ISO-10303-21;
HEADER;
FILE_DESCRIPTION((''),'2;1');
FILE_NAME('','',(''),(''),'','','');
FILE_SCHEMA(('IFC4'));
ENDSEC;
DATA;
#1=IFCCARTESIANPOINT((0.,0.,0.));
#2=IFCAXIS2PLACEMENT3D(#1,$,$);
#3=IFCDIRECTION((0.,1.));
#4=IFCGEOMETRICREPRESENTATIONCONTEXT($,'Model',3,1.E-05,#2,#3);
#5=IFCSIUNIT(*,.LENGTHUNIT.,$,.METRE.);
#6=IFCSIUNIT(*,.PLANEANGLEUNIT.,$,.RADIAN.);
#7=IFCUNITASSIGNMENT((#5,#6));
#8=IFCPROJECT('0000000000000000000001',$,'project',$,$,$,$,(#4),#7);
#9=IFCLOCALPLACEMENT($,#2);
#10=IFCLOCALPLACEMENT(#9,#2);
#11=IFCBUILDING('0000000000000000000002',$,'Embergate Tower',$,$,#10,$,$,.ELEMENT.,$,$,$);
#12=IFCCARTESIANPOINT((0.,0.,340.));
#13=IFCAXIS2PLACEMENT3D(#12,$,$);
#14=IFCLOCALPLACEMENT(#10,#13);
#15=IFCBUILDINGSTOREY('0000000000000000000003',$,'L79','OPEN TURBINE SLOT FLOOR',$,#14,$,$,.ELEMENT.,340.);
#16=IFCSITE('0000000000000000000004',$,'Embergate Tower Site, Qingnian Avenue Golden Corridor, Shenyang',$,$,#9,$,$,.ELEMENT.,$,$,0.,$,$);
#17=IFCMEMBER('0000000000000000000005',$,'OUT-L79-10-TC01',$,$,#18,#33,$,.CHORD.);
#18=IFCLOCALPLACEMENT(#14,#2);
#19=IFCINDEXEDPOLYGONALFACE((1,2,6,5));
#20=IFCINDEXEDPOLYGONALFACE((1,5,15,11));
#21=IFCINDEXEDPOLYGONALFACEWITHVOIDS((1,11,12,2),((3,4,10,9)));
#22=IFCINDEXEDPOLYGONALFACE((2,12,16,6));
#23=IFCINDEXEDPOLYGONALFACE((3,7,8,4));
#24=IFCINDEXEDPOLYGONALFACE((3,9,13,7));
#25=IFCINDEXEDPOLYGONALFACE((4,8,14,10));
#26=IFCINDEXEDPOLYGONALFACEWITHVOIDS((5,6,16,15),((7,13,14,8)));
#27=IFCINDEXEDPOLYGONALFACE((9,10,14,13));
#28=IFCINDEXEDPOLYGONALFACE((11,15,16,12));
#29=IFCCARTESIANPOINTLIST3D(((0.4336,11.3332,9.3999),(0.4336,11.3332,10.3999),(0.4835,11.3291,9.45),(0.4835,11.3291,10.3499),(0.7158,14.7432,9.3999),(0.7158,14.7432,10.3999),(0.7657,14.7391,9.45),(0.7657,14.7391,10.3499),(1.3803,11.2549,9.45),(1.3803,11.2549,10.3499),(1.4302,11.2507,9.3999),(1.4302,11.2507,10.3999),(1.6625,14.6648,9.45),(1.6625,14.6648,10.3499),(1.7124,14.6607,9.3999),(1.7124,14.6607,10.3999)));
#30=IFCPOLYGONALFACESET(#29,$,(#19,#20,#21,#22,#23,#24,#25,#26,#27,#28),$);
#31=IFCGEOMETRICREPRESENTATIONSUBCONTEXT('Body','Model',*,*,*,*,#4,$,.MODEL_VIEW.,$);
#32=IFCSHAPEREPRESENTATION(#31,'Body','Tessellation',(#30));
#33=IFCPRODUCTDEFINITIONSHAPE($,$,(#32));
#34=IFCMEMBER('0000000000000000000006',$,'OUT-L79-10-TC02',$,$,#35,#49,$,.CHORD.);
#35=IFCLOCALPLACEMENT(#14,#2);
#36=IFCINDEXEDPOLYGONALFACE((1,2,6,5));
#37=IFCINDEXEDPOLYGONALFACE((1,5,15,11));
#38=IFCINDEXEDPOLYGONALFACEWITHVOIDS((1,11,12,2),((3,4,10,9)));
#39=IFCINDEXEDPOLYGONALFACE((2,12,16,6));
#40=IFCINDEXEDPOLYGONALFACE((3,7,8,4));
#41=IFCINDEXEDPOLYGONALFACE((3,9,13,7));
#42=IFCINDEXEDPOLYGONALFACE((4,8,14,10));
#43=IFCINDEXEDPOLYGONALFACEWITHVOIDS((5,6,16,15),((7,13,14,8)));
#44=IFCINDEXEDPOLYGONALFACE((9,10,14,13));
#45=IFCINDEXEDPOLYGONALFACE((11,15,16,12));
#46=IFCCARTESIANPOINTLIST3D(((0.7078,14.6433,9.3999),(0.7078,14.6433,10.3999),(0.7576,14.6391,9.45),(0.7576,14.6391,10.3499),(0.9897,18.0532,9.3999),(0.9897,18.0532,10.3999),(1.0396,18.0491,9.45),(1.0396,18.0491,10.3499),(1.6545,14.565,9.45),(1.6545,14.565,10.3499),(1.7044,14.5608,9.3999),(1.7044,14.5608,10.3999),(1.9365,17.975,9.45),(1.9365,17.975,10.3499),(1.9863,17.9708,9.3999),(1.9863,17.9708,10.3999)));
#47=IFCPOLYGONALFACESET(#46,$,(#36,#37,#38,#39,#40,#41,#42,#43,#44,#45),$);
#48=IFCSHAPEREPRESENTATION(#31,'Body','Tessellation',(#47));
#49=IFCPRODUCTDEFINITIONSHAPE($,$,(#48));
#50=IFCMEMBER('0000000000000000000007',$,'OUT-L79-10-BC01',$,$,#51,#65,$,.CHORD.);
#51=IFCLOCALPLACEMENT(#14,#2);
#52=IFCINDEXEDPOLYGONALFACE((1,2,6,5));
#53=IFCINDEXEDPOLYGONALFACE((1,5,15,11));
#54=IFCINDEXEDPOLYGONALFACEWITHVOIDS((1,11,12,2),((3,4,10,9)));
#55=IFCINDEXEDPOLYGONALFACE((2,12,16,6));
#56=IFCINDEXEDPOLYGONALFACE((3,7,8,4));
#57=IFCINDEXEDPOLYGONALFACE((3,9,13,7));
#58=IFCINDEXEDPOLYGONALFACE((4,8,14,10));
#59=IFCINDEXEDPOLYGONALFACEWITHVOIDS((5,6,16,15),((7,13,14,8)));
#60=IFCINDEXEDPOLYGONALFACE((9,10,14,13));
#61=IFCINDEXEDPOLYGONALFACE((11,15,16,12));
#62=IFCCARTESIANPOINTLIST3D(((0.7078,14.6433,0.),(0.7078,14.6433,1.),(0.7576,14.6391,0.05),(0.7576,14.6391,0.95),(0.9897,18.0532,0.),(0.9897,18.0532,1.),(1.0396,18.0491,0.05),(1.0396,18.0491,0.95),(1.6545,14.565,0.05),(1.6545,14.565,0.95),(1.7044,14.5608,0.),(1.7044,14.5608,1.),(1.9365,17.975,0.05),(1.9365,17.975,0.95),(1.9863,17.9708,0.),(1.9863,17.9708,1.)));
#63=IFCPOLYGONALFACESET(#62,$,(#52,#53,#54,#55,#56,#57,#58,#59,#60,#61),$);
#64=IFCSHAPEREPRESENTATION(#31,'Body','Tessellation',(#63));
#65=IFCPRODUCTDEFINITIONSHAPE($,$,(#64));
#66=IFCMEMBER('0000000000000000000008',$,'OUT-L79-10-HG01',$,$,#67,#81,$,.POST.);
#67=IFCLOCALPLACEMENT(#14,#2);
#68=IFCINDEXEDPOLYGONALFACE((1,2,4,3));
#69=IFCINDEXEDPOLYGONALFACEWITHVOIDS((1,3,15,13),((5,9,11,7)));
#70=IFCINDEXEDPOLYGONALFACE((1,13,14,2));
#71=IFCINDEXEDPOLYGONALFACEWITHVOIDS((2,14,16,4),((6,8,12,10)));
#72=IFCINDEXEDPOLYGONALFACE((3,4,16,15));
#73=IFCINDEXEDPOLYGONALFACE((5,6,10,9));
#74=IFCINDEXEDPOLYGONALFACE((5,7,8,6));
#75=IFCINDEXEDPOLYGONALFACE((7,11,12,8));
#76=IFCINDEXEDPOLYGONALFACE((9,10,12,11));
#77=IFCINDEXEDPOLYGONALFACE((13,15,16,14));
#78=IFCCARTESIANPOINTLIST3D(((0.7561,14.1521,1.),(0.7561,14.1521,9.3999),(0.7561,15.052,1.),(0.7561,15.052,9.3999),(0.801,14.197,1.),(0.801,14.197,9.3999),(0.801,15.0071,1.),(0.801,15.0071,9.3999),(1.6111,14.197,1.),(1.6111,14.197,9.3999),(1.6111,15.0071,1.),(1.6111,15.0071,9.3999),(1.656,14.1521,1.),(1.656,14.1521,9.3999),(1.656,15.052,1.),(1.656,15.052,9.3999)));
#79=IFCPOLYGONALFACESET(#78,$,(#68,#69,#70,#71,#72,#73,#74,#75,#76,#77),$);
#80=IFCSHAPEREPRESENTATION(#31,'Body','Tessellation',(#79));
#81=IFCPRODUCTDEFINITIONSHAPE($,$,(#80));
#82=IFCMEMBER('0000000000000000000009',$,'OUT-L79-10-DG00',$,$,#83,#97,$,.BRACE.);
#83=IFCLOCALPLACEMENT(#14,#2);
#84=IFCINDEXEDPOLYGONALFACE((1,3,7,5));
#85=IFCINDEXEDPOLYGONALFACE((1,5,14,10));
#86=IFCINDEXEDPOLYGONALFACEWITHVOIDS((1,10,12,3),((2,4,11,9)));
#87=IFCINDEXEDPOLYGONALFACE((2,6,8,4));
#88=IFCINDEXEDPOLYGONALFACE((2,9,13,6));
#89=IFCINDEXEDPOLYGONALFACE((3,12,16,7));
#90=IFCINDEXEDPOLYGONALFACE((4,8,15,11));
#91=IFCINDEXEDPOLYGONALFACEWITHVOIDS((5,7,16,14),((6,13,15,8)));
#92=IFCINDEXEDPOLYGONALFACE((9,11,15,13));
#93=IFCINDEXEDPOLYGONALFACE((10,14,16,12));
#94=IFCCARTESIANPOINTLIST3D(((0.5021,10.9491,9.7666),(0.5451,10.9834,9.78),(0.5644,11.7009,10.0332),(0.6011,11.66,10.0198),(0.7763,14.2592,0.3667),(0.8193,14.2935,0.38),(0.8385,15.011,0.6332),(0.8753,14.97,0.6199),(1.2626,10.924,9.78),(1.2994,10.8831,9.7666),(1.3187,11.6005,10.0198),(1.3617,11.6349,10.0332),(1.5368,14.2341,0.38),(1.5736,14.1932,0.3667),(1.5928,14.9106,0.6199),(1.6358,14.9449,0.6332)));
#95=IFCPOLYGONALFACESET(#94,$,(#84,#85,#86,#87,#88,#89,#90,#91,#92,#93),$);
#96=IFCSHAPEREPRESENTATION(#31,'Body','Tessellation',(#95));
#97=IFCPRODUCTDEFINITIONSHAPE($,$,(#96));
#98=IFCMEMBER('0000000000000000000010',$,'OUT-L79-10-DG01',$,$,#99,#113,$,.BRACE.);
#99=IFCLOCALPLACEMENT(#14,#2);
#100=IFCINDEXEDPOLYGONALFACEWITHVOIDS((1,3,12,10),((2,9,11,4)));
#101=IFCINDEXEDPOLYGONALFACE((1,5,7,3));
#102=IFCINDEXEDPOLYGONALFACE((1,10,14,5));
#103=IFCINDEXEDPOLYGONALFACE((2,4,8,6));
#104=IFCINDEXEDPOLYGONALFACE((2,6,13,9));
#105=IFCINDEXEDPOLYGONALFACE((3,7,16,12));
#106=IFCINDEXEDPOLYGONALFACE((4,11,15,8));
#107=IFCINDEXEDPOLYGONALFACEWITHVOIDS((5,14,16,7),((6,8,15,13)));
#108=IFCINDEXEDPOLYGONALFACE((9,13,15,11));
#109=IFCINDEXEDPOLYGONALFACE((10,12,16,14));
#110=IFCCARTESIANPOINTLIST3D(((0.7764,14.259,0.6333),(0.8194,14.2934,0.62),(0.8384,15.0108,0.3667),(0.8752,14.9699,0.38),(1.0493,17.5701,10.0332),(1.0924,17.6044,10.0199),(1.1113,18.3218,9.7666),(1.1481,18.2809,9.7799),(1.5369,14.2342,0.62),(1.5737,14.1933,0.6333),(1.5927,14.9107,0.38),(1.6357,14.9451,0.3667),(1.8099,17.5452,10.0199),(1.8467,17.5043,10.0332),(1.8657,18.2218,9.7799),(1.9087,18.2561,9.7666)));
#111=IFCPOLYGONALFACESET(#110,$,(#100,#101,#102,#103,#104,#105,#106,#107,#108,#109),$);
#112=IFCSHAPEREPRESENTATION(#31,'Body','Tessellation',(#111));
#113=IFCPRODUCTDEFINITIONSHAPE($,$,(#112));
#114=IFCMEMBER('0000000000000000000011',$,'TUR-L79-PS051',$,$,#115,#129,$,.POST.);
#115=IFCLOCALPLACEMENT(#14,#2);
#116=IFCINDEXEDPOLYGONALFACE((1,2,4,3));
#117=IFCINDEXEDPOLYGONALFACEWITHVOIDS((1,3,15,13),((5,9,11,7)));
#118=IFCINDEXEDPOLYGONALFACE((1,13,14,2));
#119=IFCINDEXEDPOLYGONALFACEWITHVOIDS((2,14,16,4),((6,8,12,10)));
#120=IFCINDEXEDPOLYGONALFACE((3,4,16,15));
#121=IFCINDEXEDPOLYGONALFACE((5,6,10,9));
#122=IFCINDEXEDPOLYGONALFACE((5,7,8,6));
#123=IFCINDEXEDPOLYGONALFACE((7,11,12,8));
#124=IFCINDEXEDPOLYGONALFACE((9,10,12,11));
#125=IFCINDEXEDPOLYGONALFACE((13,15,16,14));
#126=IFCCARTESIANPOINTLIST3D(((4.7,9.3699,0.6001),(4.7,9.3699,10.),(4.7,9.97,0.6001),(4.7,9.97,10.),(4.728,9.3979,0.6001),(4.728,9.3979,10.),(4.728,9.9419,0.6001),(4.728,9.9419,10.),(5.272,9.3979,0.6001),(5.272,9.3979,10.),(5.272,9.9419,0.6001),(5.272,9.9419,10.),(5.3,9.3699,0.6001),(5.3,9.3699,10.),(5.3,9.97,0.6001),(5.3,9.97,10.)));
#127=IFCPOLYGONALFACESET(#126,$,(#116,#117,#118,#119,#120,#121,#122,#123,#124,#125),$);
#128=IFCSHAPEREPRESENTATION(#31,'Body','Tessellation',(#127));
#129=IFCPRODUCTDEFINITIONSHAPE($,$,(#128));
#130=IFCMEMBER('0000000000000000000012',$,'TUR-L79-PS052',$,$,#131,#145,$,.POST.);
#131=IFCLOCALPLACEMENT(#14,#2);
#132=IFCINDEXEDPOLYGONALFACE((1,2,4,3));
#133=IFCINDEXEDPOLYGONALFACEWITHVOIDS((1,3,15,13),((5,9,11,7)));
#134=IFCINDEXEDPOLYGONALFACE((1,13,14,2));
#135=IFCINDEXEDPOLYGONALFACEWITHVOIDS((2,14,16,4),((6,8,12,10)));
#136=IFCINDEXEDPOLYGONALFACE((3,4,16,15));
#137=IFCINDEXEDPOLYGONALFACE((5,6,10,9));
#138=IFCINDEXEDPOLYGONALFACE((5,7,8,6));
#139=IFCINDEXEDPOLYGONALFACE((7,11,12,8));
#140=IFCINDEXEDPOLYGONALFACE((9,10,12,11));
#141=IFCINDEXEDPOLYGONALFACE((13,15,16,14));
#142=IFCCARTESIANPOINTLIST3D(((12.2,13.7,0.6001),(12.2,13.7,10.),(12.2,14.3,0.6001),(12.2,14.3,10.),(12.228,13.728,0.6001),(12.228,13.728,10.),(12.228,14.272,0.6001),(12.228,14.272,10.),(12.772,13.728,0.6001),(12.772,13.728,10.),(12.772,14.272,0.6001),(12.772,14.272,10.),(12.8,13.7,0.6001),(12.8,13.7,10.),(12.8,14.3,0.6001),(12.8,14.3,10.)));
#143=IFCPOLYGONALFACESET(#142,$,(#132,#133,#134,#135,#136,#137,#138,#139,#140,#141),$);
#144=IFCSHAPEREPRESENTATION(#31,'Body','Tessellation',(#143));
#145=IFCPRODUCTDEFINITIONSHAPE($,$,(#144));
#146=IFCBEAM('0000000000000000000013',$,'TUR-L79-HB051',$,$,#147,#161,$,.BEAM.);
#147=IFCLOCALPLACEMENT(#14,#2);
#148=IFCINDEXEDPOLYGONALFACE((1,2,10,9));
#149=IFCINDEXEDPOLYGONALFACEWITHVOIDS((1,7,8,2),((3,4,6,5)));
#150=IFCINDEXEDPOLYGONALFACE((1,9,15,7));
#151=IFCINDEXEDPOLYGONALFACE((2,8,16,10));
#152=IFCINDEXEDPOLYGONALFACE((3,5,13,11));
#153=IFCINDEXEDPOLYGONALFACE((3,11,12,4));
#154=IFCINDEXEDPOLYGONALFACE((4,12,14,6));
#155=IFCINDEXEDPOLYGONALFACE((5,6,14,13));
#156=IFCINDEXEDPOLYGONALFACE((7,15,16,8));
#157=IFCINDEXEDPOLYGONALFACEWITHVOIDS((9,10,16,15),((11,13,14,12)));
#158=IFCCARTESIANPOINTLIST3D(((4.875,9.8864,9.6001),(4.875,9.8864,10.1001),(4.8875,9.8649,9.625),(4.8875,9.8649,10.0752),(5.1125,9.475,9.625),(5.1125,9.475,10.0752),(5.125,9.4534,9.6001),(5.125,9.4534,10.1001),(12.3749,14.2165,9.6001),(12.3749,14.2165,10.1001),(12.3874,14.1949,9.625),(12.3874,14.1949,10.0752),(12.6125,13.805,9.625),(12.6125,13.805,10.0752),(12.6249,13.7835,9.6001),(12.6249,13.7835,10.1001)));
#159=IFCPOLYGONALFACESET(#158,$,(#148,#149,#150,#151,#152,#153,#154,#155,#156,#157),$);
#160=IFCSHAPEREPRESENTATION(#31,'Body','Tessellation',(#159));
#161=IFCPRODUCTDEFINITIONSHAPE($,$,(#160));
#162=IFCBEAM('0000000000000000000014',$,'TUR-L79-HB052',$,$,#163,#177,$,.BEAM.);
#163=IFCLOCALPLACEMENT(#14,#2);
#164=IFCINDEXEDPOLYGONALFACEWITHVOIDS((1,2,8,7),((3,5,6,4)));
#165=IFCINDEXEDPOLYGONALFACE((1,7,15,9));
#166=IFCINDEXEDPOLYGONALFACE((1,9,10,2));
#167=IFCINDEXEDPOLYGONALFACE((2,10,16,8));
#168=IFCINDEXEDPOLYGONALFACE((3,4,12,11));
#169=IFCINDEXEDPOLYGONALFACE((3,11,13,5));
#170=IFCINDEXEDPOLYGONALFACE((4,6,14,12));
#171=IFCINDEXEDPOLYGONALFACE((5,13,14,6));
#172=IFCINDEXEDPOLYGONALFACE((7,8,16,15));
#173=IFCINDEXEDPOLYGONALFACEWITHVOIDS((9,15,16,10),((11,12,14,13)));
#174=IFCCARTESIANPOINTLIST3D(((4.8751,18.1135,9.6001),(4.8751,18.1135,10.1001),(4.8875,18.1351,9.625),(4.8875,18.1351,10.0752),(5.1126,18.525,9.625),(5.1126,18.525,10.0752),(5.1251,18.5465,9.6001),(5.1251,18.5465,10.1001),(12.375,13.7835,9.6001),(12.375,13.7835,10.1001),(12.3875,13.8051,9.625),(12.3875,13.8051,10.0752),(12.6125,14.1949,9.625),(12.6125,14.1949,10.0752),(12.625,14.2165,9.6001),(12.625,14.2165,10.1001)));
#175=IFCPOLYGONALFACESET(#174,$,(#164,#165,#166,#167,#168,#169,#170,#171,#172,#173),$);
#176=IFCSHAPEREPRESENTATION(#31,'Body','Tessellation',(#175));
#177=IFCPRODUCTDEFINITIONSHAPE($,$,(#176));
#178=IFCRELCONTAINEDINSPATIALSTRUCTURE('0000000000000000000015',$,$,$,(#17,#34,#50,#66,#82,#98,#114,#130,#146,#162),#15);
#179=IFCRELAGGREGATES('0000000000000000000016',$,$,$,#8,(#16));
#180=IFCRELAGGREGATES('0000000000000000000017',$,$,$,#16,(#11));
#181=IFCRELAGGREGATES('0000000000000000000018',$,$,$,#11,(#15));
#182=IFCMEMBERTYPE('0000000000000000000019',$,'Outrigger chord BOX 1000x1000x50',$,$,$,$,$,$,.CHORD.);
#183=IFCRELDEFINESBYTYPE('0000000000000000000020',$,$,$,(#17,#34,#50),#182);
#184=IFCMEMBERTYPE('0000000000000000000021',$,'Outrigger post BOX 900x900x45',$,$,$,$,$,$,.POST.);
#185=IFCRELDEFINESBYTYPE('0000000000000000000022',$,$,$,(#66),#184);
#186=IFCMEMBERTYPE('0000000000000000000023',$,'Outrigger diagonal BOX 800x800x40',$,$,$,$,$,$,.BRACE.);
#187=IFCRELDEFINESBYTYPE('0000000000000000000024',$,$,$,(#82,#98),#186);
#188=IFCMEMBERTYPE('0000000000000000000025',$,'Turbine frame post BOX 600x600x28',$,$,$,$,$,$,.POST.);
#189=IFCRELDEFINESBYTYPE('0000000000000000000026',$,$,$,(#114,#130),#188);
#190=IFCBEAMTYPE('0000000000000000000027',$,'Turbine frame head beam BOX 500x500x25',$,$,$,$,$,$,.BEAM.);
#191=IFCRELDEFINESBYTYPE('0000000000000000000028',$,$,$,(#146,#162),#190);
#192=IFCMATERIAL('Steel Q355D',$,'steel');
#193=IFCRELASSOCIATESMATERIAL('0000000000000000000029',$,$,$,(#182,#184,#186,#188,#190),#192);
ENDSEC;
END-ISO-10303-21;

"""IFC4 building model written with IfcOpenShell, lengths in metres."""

from ifc_helpers import new_model, si_unit, direction, frame, origin, origin_2d, place, context, subcontext, project, spatial, hollow_rectangle, extrude, source, transform, mapped, material, material_profile, profile_set, type_object, element, save


model = new_model("IFC4")

# Units and contexts
model_context = context("Model", 3, precision=1e-05, world=origin(), true_north=direction((0.0, 1.0)))
body_context = subcontext(model_context, "Body", "Model", "MODEL_VIEW")
ifc_project = project(units=[si_unit("LENGTHUNIT", "METRE"), si_unit("PLANEANGLEUNIT", "RADIAN")], contexts=[model_context])

# Site, building, storey
site_placement = place(None, origin())
site = spatial("IfcSite", under=ifc_project, at=site_placement, Name="Embergate Tower Site, Qingnian Avenue Golden Corridor, Shenyang", CompositionType="ELEMENT", RefElevation=0.0)
building_placement = place(site_placement, origin())
building = spatial("IfcBuilding", under=site, at=building_placement, Name="Embergate Tower", CompositionType="ELEMENT")
storey_placement = place(building_placement, frame((0.0, 0.0, 340.0)))
storey = spatial("IfcBuildingStorey", under=building, at=storey_placement, Name="L79", Description="OPEN TURBINE SLOT FLOOR", CompositionType="ELEMENT", Elevation=340.0)

# Members
ifc_material_1 = material(Name="Steel Q355D", Category="steel")
ifc_material_profile_1 = material_profile(ifc_material_1, hollow_rectangle(XDim=1.0, YDim=1.0, WallThickness=0.05, at=origin_2d()), Name="BOX 1000x1000x50")
ifc_profile_set_1 = profile_set([ifc_material_profile_1], Name="Steel Q355 grade D")
member_type_1 = type_object("IfcMemberType", Name="Outrigger chord BOX 1000x1000x50", PredefinedType="CHORD", material=ifc_profile_set_1)
shared_shape_1 = source(origin(), body_context, "Body", "SweptSolid", [
    extrude(hollow_rectangle(XDim=1.0, YDim=1.0, WallThickness=0.05, at=origin_2d()), origin(), (0.0, 0.0, 1.0), 3.4216),
])
for number, where, z_axis, x_axis, name in (
    (1, (0.9319, 11.292, 9.8999), (0.082484, 0.996592, 0.0), (-0.996592, 0.082484, 0.0), "OUT-L79-10-TC01"),
    (2, (1.2061, 14.6021, 9.8999), (0.082414, 0.996598, 0.0), (-0.996598, 0.082414, 0.0), "OUT-L79-10-TC02"),
    (3, (1.2061, 14.6021, 0.5), (0.082414, 0.996598, 0.0), (-0.996598, 0.082414, 0.0), "OUT-L79-10-BC01"),
):
    element("IfcMember", number, at=place(storey_placement, frame(where, z_axis=z_axis, x_axis=x_axis)), inside=storey, type_object=member_type_1, Name=name, PredefinedType="CHORD", context=body_context, shape_type="MappedRepresentation", body=[
        mapped(shared_shape_1, transform((0.0, 0.0, 0.0))),
    ])
ifc_material_profile_2 = material_profile(ifc_material_1, hollow_rectangle(XDim=0.8999, YDim=0.8999, WallThickness=0.0449, at=origin_2d()), Name="BOX 900x900x45")
ifc_profile_set_2 = profile_set([ifc_material_profile_2], Name="Steel Q355 grade D")
member_type_2 = type_object("IfcMemberType", Name="Outrigger post BOX 900x900x45", PredefinedType="POST", material=ifc_profile_set_2)
shared_shape_2 = source(origin(), body_context, "Body", "SweptSolid", [
    extrude(hollow_rectangle(XDim=0.8999, YDim=0.8999, WallThickness=0.0449, at=origin_2d()), origin(), (0.0, 0.0, 1.0), 8.3999),
])
member_1_placement = place(storey_placement, frame((1.2061, 14.6021, 1.0), z_axis=(0.0, 0.0, 1.0), x_axis=(1.0, 0.0, 0.0)))
element("IfcMember", 4, at=member_1_placement, inside=storey, type_object=member_type_2, Name="OUT-L79-10-HG01", PredefinedType="POST", context=body_context, shape_type="MappedRepresentation", body=[
    mapped(shared_shape_2, transform((0.0, 0.0, 0.0))),
])
ifc_material_profile_3 = material_profile(ifc_material_1, hollow_rectangle(XDim=0.8, YDim=0.8, WallThickness=0.04, at=origin_2d()), Name="BOX 800x800x40")
ifc_profile_set_3 = profile_set([ifc_material_profile_3], Name="Steel Q355 grade D")
member_type_3 = type_object("IfcMemberType", Name="Outrigger diagonal BOX 800x800x40", PredefinedType="BRACE", material=ifc_profile_set_3)
shared_shape_3 = source(origin(), body_context, "Body", "SweptSolid", [
    extrude(hollow_rectangle(XDim=0.8, YDim=0.8, WallThickness=0.04, at=origin_2d()), origin(), (0.0, 0.0, 1.0), 9.9695),
])
member_2_placement = place(storey_placement, frame((0.9319, 11.292, 9.8999), z_axis=(0.027501, 0.33202, -0.942871), x_axis=(-0.996587, 0.082547, 0.0)))
element("IfcMember", 5, at=member_2_placement, inside=storey, type_object=member_type_3, Name="OUT-L79-10-DG00", PredefinedType="BRACE", context=body_context, shape_type="MappedRepresentation", body=[
    mapped(shared_shape_3, transform((0.0, 0.0, 0.0))),
])
shared_shape_4 = source(origin(), body_context, "Body", "SweptSolid", [
    extrude(hollow_rectangle(XDim=0.8, YDim=0.8, WallThickness=0.04, at=origin_2d()), origin(), (0.0, 0.0, 1.0), 9.9697),
])
member_3_placement = place(storey_placement, frame((1.2061, 14.6021, 0.5), z_axis=(0.027378, 0.332109, 0.942844), x_axis=(-0.996619, 0.082158, 0.0)))
element("IfcMember", 6, at=member_3_placement, inside=storey, type_object=member_type_3, Name="OUT-L79-10-DG01", PredefinedType="BRACE", context=body_context, shape_type="MappedRepresentation", body=[
    mapped(shared_shape_4, transform((0.0, 0.0, 0.0))),
])
ifc_material_profile_4 = material_profile(ifc_material_1, hollow_rectangle(XDim=0.6001, YDim=0.6001, WallThickness=0.0281, at=origin_2d()), Name="BOX 600x600x28")
ifc_profile_set_4 = profile_set([ifc_material_profile_4], Name="Steel Q355 grade D")
member_type_4 = type_object("IfcMemberType", Name="Turbine frame post BOX 600x600x28", PredefinedType="POST", material=ifc_profile_set_4)
shared_shape_5 = source(origin(), body_context, "Body", "SweptSolid", [
    extrude(hollow_rectangle(XDim=0.6001, YDim=0.6001, WallThickness=0.0281, at=origin_2d()), origin(), (0.0, 0.0, 1.0), 9.3999),
])
for number, where, z_axis, x_axis, name in (
    (7, (5.0, 9.6699, 0.6001), (0.0, 0.0, 1.0), (1.0, 0.0, 0.0), "TUR-L79-PS051"),
    (8, (12.5, 14.0, 0.6001), (0.0, 0.0, 1.0), (1.0, 0.0, 0.0), "TUR-L79-PS052"),
):
    element("IfcMember", number, at=place(storey_placement, frame(where, z_axis=z_axis, x_axis=x_axis)), inside=storey, type_object=member_type_4, Name=name, PredefinedType="POST", context=body_context, shape_type="MappedRepresentation", body=[
        mapped(shared_shape_5, transform((0.0, 0.0, 0.0))),
    ])

# Beams
ifc_material_profile_5 = material_profile(ifc_material_1, hollow_rectangle(XDim=0.5, YDim=0.5, WallThickness=0.0249, at=origin_2d()), Name="BOX 500x500x25")
ifc_profile_set_5 = profile_set([ifc_material_profile_5], Name="Steel Q355 grade D")
beam_type = type_object("IfcBeamType", Name="Turbine frame head beam BOX 500x500x25", PredefinedType="BEAM", material=ifc_profile_set_5)
shared_shape_6 = source(origin(), body_context, "Body", "SweptSolid", [
    extrude(hollow_rectangle(XDim=0.5, YDim=0.5, WallThickness=0.0249, at=origin_2d()), origin(), (0.0, 0.0, 1.0), 8.6602),
])
for number, where, z_axis, x_axis, name in (
    (9, (5.0, 9.6699, 9.8501), (0.866028, 0.499996, 0.0), (-0.499996, 0.866028, 0.0), "TUR-L79-HB051"),
    (10, (12.5, 14.0, 9.8501), (-0.866028, 0.499996, 0.0), (-0.499996, -0.866028, 0.0), "TUR-L79-HB052"),
):
    element("IfcBeam", number, at=place(storey_placement, frame(where, z_axis=z_axis, x_axis=x_axis)), inside=storey, type_object=beam_type, Name=name, PredefinedType="BEAM", context=body_context, shape_type="MappedRepresentation", body=[
        mapped(shared_shape_6, transform((0.0, 0.0, 0.0))),
    ])

save(model, "model.ifc")
